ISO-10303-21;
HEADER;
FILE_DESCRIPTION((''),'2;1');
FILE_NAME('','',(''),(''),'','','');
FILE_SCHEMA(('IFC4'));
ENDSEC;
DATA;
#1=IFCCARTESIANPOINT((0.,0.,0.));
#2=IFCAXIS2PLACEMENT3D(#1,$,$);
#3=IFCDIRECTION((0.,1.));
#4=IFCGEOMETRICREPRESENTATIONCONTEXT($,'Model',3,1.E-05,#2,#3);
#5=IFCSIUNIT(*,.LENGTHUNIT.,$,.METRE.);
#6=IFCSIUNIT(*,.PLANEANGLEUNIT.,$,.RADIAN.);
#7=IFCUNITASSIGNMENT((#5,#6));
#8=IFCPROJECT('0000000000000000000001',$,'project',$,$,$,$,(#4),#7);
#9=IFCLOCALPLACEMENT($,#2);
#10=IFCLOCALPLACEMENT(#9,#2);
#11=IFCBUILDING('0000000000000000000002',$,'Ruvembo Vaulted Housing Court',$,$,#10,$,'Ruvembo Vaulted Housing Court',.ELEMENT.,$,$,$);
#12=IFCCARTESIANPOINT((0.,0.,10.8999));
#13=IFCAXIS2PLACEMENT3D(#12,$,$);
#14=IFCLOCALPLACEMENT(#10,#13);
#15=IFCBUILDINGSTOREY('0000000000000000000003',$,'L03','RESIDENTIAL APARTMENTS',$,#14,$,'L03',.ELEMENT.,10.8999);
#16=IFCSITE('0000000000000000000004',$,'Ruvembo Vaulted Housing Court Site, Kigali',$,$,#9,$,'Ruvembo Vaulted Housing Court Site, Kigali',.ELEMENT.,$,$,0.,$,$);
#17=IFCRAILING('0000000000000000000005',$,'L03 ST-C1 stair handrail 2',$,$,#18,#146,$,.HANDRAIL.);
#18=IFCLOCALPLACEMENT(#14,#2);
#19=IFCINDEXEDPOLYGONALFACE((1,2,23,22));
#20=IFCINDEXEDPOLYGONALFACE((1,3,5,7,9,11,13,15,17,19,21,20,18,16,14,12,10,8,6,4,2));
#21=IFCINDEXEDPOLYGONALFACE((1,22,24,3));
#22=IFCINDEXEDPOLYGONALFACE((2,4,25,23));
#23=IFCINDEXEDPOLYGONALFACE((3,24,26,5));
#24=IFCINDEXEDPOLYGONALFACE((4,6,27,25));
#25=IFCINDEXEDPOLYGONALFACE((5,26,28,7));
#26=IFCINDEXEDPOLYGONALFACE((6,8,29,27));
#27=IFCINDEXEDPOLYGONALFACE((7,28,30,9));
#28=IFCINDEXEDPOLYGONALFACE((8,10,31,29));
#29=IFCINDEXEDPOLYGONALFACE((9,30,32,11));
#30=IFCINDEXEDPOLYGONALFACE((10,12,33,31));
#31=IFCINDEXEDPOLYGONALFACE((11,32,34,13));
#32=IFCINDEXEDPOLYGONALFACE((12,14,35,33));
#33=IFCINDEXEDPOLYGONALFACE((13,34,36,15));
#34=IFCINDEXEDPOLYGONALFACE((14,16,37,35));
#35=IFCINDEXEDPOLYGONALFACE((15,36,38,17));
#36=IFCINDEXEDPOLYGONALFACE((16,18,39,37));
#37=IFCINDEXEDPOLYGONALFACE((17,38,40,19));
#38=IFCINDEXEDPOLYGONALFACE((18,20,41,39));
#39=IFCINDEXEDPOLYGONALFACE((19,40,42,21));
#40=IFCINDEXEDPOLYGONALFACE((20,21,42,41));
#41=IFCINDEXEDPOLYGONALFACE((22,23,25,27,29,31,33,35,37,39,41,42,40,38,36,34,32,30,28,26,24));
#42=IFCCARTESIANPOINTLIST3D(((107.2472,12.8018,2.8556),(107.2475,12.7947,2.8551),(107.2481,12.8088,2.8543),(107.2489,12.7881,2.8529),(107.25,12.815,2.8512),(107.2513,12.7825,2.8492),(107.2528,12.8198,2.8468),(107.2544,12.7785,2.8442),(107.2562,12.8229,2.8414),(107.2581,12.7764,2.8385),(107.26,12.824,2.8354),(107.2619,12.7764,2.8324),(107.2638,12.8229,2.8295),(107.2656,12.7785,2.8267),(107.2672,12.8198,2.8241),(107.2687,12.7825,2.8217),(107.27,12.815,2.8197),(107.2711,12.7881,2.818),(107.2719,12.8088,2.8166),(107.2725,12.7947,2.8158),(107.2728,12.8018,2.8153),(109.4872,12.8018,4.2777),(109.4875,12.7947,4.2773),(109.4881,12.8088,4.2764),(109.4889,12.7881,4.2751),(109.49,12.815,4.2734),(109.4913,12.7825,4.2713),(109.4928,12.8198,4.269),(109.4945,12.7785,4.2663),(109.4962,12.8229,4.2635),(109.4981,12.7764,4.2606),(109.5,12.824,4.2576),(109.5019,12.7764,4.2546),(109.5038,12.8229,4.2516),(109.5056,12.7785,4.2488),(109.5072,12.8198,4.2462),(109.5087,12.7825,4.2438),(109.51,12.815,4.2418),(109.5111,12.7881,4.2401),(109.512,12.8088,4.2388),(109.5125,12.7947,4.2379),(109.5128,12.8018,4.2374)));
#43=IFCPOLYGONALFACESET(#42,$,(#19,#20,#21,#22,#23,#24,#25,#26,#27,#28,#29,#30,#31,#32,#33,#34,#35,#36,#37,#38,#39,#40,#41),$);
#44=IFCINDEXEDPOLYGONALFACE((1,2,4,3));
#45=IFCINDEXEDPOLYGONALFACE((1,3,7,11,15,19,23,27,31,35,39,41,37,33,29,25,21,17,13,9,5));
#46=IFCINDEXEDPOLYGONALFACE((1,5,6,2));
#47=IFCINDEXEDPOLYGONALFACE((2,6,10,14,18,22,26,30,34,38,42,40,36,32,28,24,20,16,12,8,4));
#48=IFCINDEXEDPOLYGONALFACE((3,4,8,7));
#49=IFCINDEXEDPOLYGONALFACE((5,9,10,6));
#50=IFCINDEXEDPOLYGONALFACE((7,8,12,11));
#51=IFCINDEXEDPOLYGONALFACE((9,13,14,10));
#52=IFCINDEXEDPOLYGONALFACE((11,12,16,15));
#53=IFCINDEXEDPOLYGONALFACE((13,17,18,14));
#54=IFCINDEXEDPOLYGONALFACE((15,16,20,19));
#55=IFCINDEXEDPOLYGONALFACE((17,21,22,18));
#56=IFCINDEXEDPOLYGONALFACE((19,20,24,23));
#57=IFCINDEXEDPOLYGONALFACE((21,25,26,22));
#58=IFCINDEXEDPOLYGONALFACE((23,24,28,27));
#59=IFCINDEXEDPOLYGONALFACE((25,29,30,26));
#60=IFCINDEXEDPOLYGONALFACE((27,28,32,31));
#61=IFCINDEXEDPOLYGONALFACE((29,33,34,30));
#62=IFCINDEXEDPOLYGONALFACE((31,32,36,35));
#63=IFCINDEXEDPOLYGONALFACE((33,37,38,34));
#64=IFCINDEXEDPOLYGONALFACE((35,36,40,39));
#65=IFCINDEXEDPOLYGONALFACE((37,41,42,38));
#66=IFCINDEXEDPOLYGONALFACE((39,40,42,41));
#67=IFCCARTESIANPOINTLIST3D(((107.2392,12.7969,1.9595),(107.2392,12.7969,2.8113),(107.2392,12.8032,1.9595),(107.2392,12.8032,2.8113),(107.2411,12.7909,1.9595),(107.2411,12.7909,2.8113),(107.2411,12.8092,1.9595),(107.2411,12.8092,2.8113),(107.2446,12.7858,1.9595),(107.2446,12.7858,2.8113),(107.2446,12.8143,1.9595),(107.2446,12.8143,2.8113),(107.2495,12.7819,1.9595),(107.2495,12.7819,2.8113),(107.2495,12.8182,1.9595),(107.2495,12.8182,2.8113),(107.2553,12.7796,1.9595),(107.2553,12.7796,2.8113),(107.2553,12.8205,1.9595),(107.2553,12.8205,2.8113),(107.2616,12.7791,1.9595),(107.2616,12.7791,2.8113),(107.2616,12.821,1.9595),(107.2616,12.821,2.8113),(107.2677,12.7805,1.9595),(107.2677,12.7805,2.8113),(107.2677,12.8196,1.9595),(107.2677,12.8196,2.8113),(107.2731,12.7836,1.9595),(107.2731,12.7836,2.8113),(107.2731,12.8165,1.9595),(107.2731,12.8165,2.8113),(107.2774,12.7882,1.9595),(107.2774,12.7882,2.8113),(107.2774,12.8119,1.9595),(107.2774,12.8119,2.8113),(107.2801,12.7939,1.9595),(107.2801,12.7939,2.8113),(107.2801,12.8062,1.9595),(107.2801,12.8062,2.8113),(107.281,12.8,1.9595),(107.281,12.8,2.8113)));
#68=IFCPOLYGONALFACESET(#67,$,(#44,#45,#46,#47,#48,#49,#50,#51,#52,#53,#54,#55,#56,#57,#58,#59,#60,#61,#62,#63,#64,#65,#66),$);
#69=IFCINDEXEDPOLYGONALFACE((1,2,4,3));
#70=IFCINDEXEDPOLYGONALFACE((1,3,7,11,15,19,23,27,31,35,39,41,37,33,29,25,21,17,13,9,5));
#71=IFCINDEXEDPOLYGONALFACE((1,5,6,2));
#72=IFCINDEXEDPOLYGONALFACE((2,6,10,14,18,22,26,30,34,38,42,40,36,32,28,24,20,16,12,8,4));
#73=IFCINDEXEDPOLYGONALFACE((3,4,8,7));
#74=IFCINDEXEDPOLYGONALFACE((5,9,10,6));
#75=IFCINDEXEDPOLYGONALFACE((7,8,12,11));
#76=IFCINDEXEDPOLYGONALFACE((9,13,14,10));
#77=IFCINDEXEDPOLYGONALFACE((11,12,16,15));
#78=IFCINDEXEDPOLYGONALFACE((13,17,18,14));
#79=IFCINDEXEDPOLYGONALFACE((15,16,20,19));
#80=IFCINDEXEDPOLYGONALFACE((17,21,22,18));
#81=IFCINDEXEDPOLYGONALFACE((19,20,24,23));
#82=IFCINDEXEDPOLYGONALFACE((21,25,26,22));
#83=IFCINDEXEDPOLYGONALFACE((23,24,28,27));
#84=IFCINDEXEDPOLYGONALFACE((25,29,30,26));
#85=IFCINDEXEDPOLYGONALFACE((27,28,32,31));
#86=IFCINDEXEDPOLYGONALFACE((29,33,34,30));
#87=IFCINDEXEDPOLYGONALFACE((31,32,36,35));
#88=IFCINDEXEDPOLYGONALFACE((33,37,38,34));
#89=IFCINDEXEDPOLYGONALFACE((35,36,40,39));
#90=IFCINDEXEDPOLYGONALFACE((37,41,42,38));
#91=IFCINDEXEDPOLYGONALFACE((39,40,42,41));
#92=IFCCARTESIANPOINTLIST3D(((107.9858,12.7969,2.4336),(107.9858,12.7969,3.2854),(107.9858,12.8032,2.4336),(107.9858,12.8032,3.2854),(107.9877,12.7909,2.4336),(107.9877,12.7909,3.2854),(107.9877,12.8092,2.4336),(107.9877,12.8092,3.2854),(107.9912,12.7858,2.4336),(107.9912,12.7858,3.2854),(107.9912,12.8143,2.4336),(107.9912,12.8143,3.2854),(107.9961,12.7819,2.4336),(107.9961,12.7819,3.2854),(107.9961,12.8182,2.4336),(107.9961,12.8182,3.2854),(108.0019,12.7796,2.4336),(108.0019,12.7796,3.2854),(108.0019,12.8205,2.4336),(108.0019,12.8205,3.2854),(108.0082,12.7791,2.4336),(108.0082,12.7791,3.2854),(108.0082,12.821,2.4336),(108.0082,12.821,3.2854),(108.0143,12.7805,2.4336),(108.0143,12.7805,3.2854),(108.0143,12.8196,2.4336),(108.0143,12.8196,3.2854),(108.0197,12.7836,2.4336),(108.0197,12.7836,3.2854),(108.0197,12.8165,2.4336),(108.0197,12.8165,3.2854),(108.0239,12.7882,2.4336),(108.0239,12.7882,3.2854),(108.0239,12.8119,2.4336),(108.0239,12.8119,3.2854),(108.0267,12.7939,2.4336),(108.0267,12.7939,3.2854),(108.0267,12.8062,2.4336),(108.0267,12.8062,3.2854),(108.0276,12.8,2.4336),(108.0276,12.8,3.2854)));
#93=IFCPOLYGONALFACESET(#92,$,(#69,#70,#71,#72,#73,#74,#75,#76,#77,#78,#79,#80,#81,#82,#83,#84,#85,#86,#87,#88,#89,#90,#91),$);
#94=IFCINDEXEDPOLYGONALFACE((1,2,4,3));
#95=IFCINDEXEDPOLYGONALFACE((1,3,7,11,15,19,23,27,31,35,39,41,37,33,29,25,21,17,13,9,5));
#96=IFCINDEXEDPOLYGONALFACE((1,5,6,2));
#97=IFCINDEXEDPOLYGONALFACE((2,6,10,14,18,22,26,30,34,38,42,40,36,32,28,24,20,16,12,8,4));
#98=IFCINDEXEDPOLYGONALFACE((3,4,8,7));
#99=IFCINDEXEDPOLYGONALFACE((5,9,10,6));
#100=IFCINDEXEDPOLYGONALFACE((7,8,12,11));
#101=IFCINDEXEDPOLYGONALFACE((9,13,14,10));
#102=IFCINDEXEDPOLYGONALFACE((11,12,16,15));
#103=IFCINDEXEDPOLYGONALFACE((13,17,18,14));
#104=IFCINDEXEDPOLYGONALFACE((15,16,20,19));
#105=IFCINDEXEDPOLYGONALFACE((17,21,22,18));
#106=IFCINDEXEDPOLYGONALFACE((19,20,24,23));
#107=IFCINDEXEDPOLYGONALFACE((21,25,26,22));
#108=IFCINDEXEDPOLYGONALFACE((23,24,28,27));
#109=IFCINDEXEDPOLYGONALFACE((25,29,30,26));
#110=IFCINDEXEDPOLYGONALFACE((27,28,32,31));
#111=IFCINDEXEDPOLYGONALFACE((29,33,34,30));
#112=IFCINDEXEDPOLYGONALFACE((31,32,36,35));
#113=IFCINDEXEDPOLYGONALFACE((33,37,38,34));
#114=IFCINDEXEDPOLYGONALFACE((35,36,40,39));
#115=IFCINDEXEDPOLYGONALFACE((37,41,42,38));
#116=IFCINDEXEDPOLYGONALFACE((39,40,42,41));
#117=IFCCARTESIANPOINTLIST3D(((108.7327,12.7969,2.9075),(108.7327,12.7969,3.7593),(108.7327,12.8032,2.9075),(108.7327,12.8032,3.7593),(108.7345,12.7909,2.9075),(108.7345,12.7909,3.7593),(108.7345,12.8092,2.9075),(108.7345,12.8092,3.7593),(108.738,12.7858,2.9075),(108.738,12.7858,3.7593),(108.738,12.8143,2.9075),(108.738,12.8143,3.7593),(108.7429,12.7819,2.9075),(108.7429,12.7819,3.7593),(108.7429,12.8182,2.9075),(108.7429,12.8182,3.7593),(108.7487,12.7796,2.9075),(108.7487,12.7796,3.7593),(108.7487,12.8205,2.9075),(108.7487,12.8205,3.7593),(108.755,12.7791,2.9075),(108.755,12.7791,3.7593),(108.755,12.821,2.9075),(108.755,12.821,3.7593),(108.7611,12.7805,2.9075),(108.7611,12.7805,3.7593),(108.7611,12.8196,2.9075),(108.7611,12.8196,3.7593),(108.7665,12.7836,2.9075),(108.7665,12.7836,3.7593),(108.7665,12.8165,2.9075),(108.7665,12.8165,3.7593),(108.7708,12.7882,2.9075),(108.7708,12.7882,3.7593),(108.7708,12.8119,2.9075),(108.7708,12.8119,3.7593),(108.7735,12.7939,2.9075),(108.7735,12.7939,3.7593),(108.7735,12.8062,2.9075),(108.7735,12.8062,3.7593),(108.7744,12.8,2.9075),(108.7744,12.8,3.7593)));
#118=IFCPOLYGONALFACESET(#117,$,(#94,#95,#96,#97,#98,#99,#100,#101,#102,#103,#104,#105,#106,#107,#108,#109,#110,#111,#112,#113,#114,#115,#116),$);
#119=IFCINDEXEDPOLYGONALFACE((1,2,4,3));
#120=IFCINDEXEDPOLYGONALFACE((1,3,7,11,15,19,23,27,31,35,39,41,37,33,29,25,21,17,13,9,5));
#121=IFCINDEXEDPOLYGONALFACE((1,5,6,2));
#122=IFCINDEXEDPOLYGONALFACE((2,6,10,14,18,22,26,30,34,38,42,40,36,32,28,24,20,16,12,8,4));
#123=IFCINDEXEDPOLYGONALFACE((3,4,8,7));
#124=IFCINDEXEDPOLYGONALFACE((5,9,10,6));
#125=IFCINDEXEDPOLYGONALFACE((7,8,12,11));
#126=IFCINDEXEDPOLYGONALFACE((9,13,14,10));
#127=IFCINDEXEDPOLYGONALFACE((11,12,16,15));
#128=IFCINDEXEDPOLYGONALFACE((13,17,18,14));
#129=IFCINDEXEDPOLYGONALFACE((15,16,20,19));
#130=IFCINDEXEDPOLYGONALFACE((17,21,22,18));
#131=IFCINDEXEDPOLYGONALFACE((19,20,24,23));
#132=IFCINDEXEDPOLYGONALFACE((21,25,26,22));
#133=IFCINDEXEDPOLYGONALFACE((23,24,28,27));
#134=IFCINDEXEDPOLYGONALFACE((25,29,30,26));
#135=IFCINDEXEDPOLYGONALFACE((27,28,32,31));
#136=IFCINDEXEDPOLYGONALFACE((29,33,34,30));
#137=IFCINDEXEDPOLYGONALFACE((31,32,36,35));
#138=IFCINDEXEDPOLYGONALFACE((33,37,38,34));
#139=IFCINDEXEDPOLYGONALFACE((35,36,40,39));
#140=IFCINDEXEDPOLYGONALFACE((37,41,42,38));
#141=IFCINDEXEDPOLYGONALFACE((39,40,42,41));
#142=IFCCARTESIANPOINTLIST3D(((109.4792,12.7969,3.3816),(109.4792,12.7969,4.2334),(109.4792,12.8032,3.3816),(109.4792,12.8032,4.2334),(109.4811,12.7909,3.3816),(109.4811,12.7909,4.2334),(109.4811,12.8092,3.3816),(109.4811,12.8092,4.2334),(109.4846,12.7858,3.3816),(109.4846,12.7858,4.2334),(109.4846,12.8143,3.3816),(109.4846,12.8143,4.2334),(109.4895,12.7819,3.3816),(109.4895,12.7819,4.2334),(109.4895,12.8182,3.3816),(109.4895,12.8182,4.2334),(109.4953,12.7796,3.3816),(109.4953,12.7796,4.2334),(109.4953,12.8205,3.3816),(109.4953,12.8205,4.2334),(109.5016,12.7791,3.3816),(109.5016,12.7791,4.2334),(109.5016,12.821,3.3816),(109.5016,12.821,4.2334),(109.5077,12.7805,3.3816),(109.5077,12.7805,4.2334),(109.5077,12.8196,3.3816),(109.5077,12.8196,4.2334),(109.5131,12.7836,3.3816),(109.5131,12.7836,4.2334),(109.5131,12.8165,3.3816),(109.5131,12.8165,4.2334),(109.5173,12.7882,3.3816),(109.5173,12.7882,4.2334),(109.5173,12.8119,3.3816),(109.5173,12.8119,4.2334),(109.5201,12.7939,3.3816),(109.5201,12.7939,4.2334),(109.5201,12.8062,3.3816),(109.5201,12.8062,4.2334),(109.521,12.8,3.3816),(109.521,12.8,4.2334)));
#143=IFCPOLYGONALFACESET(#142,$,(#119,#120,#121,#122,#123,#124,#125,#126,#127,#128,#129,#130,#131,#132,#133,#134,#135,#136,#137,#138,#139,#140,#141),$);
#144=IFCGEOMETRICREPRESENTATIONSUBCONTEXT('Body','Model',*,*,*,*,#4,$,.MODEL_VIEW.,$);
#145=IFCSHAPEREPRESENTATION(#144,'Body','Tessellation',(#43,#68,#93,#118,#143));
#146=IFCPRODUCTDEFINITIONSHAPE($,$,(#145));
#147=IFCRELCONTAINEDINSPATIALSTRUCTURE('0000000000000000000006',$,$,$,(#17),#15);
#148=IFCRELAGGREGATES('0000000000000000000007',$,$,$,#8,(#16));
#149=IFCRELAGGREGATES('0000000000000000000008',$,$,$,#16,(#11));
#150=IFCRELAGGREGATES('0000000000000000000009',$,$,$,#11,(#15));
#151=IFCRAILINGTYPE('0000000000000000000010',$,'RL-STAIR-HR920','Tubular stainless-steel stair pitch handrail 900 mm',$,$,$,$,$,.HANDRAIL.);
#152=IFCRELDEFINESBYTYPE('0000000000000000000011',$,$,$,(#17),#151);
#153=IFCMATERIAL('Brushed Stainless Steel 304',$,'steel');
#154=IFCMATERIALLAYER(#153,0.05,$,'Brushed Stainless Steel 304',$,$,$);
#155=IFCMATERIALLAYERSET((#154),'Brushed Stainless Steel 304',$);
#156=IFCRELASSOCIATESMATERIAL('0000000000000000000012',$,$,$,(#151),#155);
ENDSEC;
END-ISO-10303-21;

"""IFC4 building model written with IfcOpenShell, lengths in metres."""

from ifc_helpers import new_model, si_unit, direction, frame, origin, origin_2d, place, context, subcontext, project, spatial, circle, extrude, material, layer, layer_set, type_object, element, save


model = new_model("IFC4")

# Units and contexts
model_context = context("Model", 3, precision=1e-05, world=origin(), true_north=direction((0.0, 1.0)))
body_context = subcontext(model_context, "Body", "Model", "MODEL_VIEW")
ifc_project = project(units=[si_unit("LENGTHUNIT", "METRE"), si_unit("PLANEANGLEUNIT", "RADIAN")], contexts=[model_context])

# Site, building, storey
site_placement = place(None, origin())
site = spatial("IfcSite", under=ifc_project, at=site_placement, Name="Ruvembo Vaulted Housing Court Site, Kigali", LongName="Ruvembo Vaulted Housing Court Site, Kigali", CompositionType="ELEMENT", RefElevation=0.0)
building_placement = place(site_placement, origin())
building = spatial("IfcBuilding", under=site, at=building_placement, Name="Ruvembo Vaulted Housing Court", LongName="Ruvembo Vaulted Housing Court", CompositionType="ELEMENT")
storey_placement = place(building_placement, frame((0.0, 0.0, 10.8999)))
storey = spatial("IfcBuildingStorey", under=building, at=storey_placement, Name="L03", Description="RESIDENTIAL APARTMENTS", LongName="L03", CompositionType="ELEMENT", Elevation=10.8999)

# Shared definitions
ifc_material_1 = material(Name="Brushed Stainless Steel 304", Category="steel")

# Railing
ifc_layer_1 = layer(ifc_material_1, 0.05, Name="Brushed Stainless Steel 304")
ifc_layer_set_1 = layer_set([ifc_layer_1], Name="Brushed Stainless Steel 304")
railing_type_1 = type_object("IfcRailingType", Name="RL-STAIR-HR920", Description="Tubular stainless-steel stair pitch handrail 900 mm", PredefinedType="HANDRAIL", material=ifc_layer_set_1)
railing_1_placement = place(storey_placement, frame((107.26, 12.8, 1.9595)))
element("IfcRailing", 1, at=railing_1_placement, inside=storey, type_object=railing_type_1, Name="L03 ST-C1 stair handrail 2", PredefinedType="HANDRAIL", context=body_context, shape_type="SweptSolid", body=[
    extrude(circle(Radius=0.0239, at=origin_2d()), frame((0.0, 0.0, 0.876), z_axis=(0.844229, 0.0, 0.535982), x_axis=(0.0, 1.0, 0.0)), (0.0, 0.0, 1.0), 2.6533),
    extrude(circle(Radius=0.021, at=origin_2d()), origin(), (0.0, 0.0, 1.0), 0.8518),
    extrude(circle(Radius=0.021, at=origin_2d()), frame((0.7466, 0.0, 0.4741)), (0.0, 0.0, 1.0), 0.8518),
    extrude(circle(Radius=0.021, at=origin_2d()), frame((1.4934, 0.0, 0.948)), (0.0, 0.0, 1.0), 0.8518),
    extrude(circle(Radius=0.021, at=origin_2d()), frame((2.24, 0.0, 1.4221)), (0.0, 0.0, 1.0), 0.8518),
])

save(model, "model.ifc")
